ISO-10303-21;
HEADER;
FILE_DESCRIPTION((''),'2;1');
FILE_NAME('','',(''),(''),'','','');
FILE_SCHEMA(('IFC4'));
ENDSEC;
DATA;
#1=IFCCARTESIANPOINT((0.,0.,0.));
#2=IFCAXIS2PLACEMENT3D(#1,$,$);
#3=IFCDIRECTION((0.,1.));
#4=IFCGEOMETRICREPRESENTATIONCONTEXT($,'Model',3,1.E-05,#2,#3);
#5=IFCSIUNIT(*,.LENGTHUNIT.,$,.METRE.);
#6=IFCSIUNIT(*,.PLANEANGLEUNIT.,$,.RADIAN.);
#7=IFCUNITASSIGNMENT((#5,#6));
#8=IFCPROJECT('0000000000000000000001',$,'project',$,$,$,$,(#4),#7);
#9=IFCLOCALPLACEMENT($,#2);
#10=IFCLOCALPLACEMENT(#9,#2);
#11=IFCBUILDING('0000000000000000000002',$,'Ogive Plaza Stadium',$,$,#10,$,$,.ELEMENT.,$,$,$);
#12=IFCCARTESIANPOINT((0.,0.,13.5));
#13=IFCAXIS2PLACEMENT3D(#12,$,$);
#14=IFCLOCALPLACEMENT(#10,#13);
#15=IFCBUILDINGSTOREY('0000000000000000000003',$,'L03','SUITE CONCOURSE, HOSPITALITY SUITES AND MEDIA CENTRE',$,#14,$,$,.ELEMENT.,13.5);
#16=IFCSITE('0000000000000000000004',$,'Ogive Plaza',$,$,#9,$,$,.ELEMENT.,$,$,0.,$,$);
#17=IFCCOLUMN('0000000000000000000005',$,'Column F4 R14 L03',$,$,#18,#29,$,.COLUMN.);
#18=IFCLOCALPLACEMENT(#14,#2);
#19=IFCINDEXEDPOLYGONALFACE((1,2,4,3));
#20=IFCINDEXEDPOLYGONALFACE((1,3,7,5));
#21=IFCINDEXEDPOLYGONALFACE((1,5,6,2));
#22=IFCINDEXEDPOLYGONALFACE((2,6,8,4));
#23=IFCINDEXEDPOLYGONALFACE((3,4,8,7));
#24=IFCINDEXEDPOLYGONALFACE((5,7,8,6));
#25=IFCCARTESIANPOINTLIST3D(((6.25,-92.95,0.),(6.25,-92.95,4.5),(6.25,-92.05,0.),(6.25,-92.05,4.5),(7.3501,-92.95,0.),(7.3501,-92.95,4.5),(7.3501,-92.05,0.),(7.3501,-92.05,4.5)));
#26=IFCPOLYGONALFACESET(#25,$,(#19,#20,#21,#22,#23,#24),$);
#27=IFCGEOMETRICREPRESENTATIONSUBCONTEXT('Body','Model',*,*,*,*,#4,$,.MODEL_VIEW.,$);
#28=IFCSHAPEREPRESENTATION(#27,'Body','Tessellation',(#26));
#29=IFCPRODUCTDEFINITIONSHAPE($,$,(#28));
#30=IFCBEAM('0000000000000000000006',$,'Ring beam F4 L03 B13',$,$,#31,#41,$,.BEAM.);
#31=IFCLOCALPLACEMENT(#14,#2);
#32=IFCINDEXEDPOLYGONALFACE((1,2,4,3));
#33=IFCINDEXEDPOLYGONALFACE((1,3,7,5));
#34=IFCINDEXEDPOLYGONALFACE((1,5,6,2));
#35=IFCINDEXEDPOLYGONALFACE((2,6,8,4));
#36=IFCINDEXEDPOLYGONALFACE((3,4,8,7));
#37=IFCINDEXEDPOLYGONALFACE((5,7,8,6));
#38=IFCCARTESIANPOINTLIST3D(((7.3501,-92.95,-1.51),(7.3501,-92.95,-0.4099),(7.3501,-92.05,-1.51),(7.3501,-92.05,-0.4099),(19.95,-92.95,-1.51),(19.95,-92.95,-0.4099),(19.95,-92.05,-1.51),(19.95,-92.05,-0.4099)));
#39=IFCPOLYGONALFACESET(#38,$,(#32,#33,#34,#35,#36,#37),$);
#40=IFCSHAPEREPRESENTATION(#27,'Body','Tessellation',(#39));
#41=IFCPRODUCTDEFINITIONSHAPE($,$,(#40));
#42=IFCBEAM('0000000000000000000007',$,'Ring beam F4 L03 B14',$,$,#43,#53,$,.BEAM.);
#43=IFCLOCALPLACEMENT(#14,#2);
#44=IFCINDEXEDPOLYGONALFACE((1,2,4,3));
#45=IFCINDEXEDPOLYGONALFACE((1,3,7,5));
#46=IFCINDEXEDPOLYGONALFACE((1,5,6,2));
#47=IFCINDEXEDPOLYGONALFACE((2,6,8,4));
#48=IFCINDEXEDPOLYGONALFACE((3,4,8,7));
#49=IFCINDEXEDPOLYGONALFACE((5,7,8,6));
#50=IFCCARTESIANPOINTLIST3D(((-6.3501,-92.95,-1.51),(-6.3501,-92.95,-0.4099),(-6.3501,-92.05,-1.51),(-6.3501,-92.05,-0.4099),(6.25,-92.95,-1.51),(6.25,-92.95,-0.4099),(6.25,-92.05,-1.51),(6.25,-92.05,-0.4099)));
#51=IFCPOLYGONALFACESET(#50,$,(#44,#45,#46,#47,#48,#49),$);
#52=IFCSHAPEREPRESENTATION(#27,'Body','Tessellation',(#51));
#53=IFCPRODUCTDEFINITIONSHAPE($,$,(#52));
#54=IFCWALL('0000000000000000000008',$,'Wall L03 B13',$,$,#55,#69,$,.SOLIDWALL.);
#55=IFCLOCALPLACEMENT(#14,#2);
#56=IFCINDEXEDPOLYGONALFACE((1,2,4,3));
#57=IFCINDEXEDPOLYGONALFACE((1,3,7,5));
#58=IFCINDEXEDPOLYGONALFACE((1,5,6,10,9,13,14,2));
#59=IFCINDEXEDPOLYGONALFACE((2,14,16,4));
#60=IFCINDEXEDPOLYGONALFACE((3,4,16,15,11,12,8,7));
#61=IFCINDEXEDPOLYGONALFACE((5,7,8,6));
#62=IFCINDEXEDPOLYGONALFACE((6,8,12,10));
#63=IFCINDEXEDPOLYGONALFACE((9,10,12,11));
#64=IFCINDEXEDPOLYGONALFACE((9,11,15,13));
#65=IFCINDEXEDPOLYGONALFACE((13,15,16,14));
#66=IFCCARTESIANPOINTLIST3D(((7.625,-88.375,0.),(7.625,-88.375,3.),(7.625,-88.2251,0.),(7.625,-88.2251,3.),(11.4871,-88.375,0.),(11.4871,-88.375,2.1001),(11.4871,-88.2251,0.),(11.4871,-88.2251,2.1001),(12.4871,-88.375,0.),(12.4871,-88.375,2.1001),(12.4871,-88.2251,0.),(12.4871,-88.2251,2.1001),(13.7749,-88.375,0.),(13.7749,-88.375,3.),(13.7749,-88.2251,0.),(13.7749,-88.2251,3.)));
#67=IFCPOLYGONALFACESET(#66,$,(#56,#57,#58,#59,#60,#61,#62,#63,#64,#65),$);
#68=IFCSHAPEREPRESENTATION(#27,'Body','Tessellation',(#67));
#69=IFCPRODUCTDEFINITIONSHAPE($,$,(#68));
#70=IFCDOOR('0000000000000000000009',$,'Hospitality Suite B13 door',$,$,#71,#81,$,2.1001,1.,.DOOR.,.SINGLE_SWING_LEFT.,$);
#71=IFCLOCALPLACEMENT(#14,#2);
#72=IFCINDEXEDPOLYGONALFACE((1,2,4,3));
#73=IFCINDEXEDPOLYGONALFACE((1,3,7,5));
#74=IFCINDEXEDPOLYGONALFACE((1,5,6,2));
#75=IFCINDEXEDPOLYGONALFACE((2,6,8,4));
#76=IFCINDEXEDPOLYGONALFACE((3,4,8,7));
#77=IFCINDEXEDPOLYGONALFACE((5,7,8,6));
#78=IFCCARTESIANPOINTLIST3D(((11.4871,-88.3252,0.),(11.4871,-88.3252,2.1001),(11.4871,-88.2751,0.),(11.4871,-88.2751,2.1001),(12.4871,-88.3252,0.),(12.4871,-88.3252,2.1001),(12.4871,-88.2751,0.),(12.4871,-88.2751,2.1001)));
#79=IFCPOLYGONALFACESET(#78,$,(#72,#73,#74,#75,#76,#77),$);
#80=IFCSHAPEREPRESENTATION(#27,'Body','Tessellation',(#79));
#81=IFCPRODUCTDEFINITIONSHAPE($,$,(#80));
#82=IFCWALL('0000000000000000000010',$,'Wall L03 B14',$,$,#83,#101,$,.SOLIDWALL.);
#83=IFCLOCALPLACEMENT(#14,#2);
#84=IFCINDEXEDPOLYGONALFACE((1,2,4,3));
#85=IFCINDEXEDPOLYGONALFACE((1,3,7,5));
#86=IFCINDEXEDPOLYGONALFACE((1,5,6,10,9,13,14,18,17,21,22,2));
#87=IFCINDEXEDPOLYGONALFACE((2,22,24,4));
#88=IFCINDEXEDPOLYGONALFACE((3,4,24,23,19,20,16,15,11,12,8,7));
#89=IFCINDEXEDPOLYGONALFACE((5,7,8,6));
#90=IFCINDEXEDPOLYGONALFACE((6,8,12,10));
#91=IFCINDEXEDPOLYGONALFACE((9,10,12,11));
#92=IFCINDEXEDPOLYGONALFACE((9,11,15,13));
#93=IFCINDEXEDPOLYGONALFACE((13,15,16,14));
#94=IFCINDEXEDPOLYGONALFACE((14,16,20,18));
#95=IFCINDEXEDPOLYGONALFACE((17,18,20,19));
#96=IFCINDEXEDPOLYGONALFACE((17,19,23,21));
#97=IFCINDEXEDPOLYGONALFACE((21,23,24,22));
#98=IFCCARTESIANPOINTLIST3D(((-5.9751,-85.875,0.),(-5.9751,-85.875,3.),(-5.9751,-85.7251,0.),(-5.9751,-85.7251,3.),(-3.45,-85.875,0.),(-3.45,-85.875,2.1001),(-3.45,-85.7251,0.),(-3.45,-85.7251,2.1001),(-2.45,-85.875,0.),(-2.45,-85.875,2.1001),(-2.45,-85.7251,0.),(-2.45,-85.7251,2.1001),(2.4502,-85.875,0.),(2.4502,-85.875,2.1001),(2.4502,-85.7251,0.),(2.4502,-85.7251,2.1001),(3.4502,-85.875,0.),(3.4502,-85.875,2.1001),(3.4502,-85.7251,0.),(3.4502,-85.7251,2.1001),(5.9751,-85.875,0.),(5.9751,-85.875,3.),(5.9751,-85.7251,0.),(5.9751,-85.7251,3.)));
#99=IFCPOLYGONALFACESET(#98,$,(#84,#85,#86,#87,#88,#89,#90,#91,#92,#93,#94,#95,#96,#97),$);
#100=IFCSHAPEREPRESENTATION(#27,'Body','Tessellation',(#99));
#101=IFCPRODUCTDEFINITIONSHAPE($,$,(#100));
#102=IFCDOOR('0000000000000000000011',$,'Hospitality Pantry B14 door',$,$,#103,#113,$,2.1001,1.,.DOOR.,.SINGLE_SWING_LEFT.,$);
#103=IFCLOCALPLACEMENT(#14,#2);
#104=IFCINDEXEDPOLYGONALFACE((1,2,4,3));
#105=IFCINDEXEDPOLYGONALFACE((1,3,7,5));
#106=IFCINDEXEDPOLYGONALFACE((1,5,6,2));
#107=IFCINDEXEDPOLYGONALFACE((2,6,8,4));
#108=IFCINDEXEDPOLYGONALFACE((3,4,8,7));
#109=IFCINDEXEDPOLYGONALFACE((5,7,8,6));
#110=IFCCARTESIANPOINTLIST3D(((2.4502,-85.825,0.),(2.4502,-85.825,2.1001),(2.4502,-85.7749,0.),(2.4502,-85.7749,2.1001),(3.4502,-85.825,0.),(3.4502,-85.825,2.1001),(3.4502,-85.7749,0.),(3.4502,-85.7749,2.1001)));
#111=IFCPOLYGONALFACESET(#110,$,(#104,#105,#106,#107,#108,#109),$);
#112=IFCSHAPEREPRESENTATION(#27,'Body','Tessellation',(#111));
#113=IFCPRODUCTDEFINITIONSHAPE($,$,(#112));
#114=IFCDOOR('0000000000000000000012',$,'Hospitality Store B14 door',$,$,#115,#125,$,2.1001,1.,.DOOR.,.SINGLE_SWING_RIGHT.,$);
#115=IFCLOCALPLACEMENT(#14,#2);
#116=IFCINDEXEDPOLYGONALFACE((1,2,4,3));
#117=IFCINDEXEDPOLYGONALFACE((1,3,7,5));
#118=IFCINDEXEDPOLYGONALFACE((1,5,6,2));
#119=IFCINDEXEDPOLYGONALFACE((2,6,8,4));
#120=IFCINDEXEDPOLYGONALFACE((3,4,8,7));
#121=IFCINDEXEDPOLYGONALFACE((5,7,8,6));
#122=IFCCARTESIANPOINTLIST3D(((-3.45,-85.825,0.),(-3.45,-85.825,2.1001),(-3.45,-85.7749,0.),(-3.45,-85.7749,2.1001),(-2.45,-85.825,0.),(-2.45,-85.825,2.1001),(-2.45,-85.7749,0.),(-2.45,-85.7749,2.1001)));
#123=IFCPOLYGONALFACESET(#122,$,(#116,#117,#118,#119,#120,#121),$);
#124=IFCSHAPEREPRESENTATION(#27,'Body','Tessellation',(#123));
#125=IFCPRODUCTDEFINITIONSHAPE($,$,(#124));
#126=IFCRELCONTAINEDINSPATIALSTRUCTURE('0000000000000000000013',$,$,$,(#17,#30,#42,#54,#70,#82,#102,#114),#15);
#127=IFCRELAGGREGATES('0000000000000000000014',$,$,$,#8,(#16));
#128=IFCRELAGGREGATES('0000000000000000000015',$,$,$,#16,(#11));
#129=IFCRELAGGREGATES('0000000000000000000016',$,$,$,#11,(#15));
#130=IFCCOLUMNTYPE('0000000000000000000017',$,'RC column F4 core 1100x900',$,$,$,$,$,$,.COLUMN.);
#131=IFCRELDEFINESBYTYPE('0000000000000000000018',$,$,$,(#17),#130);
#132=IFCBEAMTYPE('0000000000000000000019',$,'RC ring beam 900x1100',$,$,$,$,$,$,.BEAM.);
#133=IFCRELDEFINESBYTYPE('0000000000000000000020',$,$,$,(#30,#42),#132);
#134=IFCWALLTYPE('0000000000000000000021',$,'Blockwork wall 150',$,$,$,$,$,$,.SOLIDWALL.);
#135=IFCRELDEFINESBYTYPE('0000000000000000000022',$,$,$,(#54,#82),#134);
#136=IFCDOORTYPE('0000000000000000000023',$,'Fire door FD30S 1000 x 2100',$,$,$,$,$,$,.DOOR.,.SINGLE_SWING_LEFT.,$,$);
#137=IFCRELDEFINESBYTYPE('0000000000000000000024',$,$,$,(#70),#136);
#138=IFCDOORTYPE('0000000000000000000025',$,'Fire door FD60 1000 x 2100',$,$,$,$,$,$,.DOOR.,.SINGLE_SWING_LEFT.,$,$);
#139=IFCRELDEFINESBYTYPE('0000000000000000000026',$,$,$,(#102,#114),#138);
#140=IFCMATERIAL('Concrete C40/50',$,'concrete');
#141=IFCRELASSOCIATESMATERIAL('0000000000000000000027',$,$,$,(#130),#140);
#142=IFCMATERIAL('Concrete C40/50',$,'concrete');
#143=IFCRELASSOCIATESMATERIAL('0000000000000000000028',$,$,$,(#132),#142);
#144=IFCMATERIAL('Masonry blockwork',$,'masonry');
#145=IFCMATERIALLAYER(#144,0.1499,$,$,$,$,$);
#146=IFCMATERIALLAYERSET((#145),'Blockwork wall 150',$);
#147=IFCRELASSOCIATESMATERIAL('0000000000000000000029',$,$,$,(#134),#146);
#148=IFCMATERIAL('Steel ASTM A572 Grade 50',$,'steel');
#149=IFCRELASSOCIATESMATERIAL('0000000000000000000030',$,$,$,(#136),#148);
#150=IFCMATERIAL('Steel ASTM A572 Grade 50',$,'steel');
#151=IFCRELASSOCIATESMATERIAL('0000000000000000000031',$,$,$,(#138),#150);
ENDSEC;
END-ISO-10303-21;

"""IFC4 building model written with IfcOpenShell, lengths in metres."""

from ifc_helpers import new_model, si_unit, direction, frame, frame_2d, origin, origin_2d, place, context, subcontext, project, spatial, rectangle, extrude, material, layer, layer_set, material_profile, profile_set, type_object, element, fill, save


model = new_model("IFC4")

# Units and contexts
model_context = context("Model", 3, precision=1e-05, world=origin(), true_north=direction((0.0, 1.0)))
body_context = subcontext(model_context, "Body", "Model", "MODEL_VIEW")
ifc_project = project(units=[si_unit("LENGTHUNIT", "METRE"), si_unit("PLANEANGLEUNIT", "RADIAN")], contexts=[model_context])

# Site, building, storey
site_placement = place(None, origin())
site = spatial("IfcSite", under=ifc_project, at=site_placement, Name="Ogive Plaza", CompositionType="ELEMENT", RefElevation=0.0)
building_placement = place(site_placement, origin())
building = spatial("IfcBuilding", under=site, at=building_placement, Name="Ogive Plaza Stadium", CompositionType="ELEMENT")
storey_placement = place(building_placement, frame((0.0, 0.0, 13.5)))
storey = spatial("IfcBuildingStorey", under=building, at=storey_placement, Name="L03", Description="SUITE CONCOURSE, HOSPITALITY SUITES AND MEDIA CENTRE", CompositionType="ELEMENT", Elevation=13.5)

# Column
ifc_material_1 = material(Name="Concrete C40/50", Category="concrete")
ifc_material_profile_1 = material_profile(ifc_material_1, rectangle(XDim=1.1001, YDim=0.8999, at=origin_2d()), Name="RC 1100x900")
ifc_profile_set_1 = profile_set([ifc_material_profile_1], Name="Concrete C40/50")
column_type = type_object("IfcColumnType", Name="RC column F4 core 1100x900", PredefinedType="COLUMN", material=ifc_profile_set_1)
column_placement = place(storey_placement, frame((6.8, -92.5, 0.0), z_axis=(0.0, 0.0, 1.0), x_axis=(1.0, 0.0, 0.0)))
element("IfcColumn", 1, at=column_placement, inside=storey, type_object=column_type, Name="Column F4 R14 L03", PredefinedType="COLUMN", context=body_context, shape_type="SweptSolid", body=[
    extrude(rectangle(XDim=1.1001, YDim=0.8999, at=origin_2d()), origin(), (0.0, 0.0, 1.0), 4.5),
])

# Beams
ifc_material_2 = material(Name="Concrete C40/50", Category="concrete")
ifc_material_profile_2 = material_profile(ifc_material_2, rectangle(XDim=0.8999, YDim=1.1001, at=origin_2d()), Name="RC 900x1100")
ifc_profile_set_2 = profile_set([ifc_material_profile_2], Name="Concrete C40/50")
beam_type = type_object("IfcBeamType", Name="RC ring beam 900x1100", PredefinedType="BEAM", material=ifc_profile_set_2)
beam_1_placement = place(storey_placement, frame((19.95, -92.5, -0.96), z_axis=(-1.0, 0.0, 0.0), x_axis=(0.0, -1.0, 0.0)))
element("IfcBeam", 2, at=beam_1_placement, inside=storey, type_object=beam_type, Name="Ring beam F4 L03 B13", PredefinedType="BEAM", context=body_context, shape_type="SweptSolid", body=[
    extrude(rectangle(XDim=0.8999, YDim=1.1001, at=origin_2d()), origin(), (0.0, 0.0, 1.0), 12.5999),
])
beam_2_placement = place(storey_placement, frame((6.25, -92.5, -0.96), z_axis=(-1.0, 0.0, 0.0), x_axis=(0.0, -1.0, 0.0)))
element("IfcBeam", 3, at=beam_2_placement, inside=storey, type_object=beam_type, Name="Ring beam F4 L03 B14", PredefinedType="BEAM", context=body_context, shape_type="SweptSolid", body=[
    extrude(rectangle(XDim=0.8999, YDim=1.1001, at=origin_2d()), origin(), (0.0, 0.0, 1.0), 12.6001),
])

# Wall, opening, door
ifc_material_3 = material(Name="Masonry blockwork", Category="masonry")
ifc_layer_1 = layer(ifc_material_3, 0.1499)
ifc_layer_set_1 = layer_set([ifc_layer_1], Name="Blockwork wall 150")
wall_type_1 = type_object("IfcWallType", Name="Blockwork wall 150", PredefinedType="SOLIDWALL", material=ifc_layer_set_1)
wall_1_placement = place(storey_placement, frame((7.625, -88.3, 0.0), z_axis=(0.0, 0.0, 1.0), x_axis=(1.0, 0.0, 0.0)))
wall_1 = element("IfcWall", 4, at=wall_1_placement, inside=storey, type_object=wall_type_1, Name="Wall L03 B13", PredefinedType="SOLIDWALL", context=body_context, shape_type="SweptSolid", body=[
    extrude(rectangle(XDim=6.1499, YDim=0.1499, at=frame_2d((3.075, 0.0))), origin(), (0.0, 0.0, 1.0), 3.0),
])
opening_1_placement = place(wall_1_placement, frame((3.8621, 0.0, 0.0)))
opening_1 = element("IfcOpeningElement", 5, at=opening_1_placement, cuts=wall_1, PredefinedType="OPENING", context=body_context, shape_type="SweptSolid", body=[
    extrude(rectangle(XDim=1.0, YDim=2.1001, at=frame_2d((0.5, 1.05))), frame((0.0, 0.075, 0.0), z_axis=(0.0, -1.0, 0.0), x_axis=(1.0, 0.0, 0.0)), (0.0, 0.0, 1.0), 0.1499),
])
ifc_material_4 = material(Name="Steel ASTM A572 Grade 50", Category="steel")
door_type_1 = type_object("IfcDoorType", Name="Fire door FD30S 1000 x 2100", OperationType="SINGLE_SWING_LEFT", PredefinedType="DOOR", material=ifc_material_4)
door_1_placement = place(opening_1_placement, origin())
door_1 = element("IfcDoor", 6, at=door_1_placement, inside=storey, type_object=door_type_1, Name="Hospitality Suite B13 door", OperationType="SINGLE_SWING_LEFT", OverallHeight=2.1001, OverallWidth=1.0, PredefinedType="DOOR", context=body_context, shape_type="SweptSolid", body=[
    extrude(rectangle(XDim=1.0, YDim=2.1001, at=frame_2d((0.5, 1.05))), frame((0.0, 0.0249, 0.0), z_axis=(0.0, -1.0, 0.0), x_axis=(1.0, 0.0, 0.0)), (0.0, 0.0, 1.0), 0.05),
])
fill(opening_1, door_1)

# Wall, openings, doors
wall_2_placement = place(storey_placement, frame((5.9751, -85.8, 0.0), z_axis=(0.0, 0.0, 1.0), x_axis=(-1.0, 0.0, 0.0)))
wall_2 = element("IfcWall", 7, at=wall_2_placement, inside=storey, type_object=wall_type_1, Name="Wall L03 B14", PredefinedType="SOLIDWALL", context=body_context, shape_type="SweptSolid", body=[
    extrude(rectangle(XDim=11.9502, YDim=0.1499, at=frame_2d((5.9751, 0.0))), origin(), (0.0, 0.0, 1.0), 3.0),
])
opening_2_placement = place(wall_2_placement, frame((2.5249, 0.0, 0.0)))
opening_2 = element("IfcOpeningElement", 8, at=opening_2_placement, cuts=wall_2, PredefinedType="OPENING", context=body_context, shape_type="SweptSolid", body=[
    extrude(rectangle(XDim=1.0, YDim=2.1001, at=frame_2d((0.5, 1.05))), frame((0.0, 0.075, 0.0), z_axis=(0.0, -1.0, 0.0), x_axis=(1.0, 0.0, 0.0)), (0.0, 0.0, 1.0), 0.1499),
])
opening_3_placement = place(wall_2_placement, frame((8.425, 0.0, 0.0)))
opening_3 = element("IfcOpeningElement", 9, at=opening_3_placement, cuts=wall_2, PredefinedType="OPENING", context=body_context, shape_type="SweptSolid", body=[
    extrude(rectangle(XDim=1.0, YDim=2.1001, at=frame_2d((0.5, 1.05))), frame((0.0, 0.075, 0.0), z_axis=(0.0, -1.0, 0.0), x_axis=(1.0, 0.0, 0.0)), (0.0, 0.0, 1.0), 0.1499),
])
ifc_material_5 = material(Name="Steel ASTM A572 Grade 50", Category="steel")
door_type_2 = type_object("IfcDoorType", Name="Fire door FD60 1000 x 2100", OperationType="SINGLE_SWING_LEFT", PredefinedType="DOOR", material=ifc_material_5)
door_2_placement = place(opening_2_placement, origin())
door_2 = element("IfcDoor", 10, at=door_2_placement, inside=storey, type_object=door_type_2, Name="Hospitality Pantry B14 door", OperationType="SINGLE_SWING_LEFT", OverallHeight=2.1001, OverallWidth=1.0, PredefinedType="DOOR", context=body_context, shape_type="SweptSolid", body=[
    extrude(rectangle(XDim=1.0, YDim=2.1001, at=frame_2d((0.5, 1.05))), frame((0.0, 0.0249, 0.0), z_axis=(0.0, -1.0, 0.0), x_axis=(1.0, 0.0, 0.0)), (0.0, 0.0, 1.0), 0.05),
])
fill(opening_2, door_2)
door_3_placement = place(opening_3_placement, origin())
door_3 = element("IfcDoor", 11, at=door_3_placement, inside=storey, type_object=door_type_2, Name="Hospitality Store B14 door", OperationType="SINGLE_SWING_RIGHT", OverallHeight=2.1001, OverallWidth=1.0, PredefinedType="DOOR", context=body_context, shape_type="SweptSolid", body=[
    extrude(rectangle(XDim=1.0, YDim=2.1001, at=frame_2d((0.5, 1.05))), frame((0.0, 0.0249, 0.0), z_axis=(0.0, -1.0, 0.0), x_axis=(1.0, 0.0, 0.0)), (0.0, 0.0, 1.0), 0.05),
])
fill(opening_3, door_3)

save(model, "model.ifc")
